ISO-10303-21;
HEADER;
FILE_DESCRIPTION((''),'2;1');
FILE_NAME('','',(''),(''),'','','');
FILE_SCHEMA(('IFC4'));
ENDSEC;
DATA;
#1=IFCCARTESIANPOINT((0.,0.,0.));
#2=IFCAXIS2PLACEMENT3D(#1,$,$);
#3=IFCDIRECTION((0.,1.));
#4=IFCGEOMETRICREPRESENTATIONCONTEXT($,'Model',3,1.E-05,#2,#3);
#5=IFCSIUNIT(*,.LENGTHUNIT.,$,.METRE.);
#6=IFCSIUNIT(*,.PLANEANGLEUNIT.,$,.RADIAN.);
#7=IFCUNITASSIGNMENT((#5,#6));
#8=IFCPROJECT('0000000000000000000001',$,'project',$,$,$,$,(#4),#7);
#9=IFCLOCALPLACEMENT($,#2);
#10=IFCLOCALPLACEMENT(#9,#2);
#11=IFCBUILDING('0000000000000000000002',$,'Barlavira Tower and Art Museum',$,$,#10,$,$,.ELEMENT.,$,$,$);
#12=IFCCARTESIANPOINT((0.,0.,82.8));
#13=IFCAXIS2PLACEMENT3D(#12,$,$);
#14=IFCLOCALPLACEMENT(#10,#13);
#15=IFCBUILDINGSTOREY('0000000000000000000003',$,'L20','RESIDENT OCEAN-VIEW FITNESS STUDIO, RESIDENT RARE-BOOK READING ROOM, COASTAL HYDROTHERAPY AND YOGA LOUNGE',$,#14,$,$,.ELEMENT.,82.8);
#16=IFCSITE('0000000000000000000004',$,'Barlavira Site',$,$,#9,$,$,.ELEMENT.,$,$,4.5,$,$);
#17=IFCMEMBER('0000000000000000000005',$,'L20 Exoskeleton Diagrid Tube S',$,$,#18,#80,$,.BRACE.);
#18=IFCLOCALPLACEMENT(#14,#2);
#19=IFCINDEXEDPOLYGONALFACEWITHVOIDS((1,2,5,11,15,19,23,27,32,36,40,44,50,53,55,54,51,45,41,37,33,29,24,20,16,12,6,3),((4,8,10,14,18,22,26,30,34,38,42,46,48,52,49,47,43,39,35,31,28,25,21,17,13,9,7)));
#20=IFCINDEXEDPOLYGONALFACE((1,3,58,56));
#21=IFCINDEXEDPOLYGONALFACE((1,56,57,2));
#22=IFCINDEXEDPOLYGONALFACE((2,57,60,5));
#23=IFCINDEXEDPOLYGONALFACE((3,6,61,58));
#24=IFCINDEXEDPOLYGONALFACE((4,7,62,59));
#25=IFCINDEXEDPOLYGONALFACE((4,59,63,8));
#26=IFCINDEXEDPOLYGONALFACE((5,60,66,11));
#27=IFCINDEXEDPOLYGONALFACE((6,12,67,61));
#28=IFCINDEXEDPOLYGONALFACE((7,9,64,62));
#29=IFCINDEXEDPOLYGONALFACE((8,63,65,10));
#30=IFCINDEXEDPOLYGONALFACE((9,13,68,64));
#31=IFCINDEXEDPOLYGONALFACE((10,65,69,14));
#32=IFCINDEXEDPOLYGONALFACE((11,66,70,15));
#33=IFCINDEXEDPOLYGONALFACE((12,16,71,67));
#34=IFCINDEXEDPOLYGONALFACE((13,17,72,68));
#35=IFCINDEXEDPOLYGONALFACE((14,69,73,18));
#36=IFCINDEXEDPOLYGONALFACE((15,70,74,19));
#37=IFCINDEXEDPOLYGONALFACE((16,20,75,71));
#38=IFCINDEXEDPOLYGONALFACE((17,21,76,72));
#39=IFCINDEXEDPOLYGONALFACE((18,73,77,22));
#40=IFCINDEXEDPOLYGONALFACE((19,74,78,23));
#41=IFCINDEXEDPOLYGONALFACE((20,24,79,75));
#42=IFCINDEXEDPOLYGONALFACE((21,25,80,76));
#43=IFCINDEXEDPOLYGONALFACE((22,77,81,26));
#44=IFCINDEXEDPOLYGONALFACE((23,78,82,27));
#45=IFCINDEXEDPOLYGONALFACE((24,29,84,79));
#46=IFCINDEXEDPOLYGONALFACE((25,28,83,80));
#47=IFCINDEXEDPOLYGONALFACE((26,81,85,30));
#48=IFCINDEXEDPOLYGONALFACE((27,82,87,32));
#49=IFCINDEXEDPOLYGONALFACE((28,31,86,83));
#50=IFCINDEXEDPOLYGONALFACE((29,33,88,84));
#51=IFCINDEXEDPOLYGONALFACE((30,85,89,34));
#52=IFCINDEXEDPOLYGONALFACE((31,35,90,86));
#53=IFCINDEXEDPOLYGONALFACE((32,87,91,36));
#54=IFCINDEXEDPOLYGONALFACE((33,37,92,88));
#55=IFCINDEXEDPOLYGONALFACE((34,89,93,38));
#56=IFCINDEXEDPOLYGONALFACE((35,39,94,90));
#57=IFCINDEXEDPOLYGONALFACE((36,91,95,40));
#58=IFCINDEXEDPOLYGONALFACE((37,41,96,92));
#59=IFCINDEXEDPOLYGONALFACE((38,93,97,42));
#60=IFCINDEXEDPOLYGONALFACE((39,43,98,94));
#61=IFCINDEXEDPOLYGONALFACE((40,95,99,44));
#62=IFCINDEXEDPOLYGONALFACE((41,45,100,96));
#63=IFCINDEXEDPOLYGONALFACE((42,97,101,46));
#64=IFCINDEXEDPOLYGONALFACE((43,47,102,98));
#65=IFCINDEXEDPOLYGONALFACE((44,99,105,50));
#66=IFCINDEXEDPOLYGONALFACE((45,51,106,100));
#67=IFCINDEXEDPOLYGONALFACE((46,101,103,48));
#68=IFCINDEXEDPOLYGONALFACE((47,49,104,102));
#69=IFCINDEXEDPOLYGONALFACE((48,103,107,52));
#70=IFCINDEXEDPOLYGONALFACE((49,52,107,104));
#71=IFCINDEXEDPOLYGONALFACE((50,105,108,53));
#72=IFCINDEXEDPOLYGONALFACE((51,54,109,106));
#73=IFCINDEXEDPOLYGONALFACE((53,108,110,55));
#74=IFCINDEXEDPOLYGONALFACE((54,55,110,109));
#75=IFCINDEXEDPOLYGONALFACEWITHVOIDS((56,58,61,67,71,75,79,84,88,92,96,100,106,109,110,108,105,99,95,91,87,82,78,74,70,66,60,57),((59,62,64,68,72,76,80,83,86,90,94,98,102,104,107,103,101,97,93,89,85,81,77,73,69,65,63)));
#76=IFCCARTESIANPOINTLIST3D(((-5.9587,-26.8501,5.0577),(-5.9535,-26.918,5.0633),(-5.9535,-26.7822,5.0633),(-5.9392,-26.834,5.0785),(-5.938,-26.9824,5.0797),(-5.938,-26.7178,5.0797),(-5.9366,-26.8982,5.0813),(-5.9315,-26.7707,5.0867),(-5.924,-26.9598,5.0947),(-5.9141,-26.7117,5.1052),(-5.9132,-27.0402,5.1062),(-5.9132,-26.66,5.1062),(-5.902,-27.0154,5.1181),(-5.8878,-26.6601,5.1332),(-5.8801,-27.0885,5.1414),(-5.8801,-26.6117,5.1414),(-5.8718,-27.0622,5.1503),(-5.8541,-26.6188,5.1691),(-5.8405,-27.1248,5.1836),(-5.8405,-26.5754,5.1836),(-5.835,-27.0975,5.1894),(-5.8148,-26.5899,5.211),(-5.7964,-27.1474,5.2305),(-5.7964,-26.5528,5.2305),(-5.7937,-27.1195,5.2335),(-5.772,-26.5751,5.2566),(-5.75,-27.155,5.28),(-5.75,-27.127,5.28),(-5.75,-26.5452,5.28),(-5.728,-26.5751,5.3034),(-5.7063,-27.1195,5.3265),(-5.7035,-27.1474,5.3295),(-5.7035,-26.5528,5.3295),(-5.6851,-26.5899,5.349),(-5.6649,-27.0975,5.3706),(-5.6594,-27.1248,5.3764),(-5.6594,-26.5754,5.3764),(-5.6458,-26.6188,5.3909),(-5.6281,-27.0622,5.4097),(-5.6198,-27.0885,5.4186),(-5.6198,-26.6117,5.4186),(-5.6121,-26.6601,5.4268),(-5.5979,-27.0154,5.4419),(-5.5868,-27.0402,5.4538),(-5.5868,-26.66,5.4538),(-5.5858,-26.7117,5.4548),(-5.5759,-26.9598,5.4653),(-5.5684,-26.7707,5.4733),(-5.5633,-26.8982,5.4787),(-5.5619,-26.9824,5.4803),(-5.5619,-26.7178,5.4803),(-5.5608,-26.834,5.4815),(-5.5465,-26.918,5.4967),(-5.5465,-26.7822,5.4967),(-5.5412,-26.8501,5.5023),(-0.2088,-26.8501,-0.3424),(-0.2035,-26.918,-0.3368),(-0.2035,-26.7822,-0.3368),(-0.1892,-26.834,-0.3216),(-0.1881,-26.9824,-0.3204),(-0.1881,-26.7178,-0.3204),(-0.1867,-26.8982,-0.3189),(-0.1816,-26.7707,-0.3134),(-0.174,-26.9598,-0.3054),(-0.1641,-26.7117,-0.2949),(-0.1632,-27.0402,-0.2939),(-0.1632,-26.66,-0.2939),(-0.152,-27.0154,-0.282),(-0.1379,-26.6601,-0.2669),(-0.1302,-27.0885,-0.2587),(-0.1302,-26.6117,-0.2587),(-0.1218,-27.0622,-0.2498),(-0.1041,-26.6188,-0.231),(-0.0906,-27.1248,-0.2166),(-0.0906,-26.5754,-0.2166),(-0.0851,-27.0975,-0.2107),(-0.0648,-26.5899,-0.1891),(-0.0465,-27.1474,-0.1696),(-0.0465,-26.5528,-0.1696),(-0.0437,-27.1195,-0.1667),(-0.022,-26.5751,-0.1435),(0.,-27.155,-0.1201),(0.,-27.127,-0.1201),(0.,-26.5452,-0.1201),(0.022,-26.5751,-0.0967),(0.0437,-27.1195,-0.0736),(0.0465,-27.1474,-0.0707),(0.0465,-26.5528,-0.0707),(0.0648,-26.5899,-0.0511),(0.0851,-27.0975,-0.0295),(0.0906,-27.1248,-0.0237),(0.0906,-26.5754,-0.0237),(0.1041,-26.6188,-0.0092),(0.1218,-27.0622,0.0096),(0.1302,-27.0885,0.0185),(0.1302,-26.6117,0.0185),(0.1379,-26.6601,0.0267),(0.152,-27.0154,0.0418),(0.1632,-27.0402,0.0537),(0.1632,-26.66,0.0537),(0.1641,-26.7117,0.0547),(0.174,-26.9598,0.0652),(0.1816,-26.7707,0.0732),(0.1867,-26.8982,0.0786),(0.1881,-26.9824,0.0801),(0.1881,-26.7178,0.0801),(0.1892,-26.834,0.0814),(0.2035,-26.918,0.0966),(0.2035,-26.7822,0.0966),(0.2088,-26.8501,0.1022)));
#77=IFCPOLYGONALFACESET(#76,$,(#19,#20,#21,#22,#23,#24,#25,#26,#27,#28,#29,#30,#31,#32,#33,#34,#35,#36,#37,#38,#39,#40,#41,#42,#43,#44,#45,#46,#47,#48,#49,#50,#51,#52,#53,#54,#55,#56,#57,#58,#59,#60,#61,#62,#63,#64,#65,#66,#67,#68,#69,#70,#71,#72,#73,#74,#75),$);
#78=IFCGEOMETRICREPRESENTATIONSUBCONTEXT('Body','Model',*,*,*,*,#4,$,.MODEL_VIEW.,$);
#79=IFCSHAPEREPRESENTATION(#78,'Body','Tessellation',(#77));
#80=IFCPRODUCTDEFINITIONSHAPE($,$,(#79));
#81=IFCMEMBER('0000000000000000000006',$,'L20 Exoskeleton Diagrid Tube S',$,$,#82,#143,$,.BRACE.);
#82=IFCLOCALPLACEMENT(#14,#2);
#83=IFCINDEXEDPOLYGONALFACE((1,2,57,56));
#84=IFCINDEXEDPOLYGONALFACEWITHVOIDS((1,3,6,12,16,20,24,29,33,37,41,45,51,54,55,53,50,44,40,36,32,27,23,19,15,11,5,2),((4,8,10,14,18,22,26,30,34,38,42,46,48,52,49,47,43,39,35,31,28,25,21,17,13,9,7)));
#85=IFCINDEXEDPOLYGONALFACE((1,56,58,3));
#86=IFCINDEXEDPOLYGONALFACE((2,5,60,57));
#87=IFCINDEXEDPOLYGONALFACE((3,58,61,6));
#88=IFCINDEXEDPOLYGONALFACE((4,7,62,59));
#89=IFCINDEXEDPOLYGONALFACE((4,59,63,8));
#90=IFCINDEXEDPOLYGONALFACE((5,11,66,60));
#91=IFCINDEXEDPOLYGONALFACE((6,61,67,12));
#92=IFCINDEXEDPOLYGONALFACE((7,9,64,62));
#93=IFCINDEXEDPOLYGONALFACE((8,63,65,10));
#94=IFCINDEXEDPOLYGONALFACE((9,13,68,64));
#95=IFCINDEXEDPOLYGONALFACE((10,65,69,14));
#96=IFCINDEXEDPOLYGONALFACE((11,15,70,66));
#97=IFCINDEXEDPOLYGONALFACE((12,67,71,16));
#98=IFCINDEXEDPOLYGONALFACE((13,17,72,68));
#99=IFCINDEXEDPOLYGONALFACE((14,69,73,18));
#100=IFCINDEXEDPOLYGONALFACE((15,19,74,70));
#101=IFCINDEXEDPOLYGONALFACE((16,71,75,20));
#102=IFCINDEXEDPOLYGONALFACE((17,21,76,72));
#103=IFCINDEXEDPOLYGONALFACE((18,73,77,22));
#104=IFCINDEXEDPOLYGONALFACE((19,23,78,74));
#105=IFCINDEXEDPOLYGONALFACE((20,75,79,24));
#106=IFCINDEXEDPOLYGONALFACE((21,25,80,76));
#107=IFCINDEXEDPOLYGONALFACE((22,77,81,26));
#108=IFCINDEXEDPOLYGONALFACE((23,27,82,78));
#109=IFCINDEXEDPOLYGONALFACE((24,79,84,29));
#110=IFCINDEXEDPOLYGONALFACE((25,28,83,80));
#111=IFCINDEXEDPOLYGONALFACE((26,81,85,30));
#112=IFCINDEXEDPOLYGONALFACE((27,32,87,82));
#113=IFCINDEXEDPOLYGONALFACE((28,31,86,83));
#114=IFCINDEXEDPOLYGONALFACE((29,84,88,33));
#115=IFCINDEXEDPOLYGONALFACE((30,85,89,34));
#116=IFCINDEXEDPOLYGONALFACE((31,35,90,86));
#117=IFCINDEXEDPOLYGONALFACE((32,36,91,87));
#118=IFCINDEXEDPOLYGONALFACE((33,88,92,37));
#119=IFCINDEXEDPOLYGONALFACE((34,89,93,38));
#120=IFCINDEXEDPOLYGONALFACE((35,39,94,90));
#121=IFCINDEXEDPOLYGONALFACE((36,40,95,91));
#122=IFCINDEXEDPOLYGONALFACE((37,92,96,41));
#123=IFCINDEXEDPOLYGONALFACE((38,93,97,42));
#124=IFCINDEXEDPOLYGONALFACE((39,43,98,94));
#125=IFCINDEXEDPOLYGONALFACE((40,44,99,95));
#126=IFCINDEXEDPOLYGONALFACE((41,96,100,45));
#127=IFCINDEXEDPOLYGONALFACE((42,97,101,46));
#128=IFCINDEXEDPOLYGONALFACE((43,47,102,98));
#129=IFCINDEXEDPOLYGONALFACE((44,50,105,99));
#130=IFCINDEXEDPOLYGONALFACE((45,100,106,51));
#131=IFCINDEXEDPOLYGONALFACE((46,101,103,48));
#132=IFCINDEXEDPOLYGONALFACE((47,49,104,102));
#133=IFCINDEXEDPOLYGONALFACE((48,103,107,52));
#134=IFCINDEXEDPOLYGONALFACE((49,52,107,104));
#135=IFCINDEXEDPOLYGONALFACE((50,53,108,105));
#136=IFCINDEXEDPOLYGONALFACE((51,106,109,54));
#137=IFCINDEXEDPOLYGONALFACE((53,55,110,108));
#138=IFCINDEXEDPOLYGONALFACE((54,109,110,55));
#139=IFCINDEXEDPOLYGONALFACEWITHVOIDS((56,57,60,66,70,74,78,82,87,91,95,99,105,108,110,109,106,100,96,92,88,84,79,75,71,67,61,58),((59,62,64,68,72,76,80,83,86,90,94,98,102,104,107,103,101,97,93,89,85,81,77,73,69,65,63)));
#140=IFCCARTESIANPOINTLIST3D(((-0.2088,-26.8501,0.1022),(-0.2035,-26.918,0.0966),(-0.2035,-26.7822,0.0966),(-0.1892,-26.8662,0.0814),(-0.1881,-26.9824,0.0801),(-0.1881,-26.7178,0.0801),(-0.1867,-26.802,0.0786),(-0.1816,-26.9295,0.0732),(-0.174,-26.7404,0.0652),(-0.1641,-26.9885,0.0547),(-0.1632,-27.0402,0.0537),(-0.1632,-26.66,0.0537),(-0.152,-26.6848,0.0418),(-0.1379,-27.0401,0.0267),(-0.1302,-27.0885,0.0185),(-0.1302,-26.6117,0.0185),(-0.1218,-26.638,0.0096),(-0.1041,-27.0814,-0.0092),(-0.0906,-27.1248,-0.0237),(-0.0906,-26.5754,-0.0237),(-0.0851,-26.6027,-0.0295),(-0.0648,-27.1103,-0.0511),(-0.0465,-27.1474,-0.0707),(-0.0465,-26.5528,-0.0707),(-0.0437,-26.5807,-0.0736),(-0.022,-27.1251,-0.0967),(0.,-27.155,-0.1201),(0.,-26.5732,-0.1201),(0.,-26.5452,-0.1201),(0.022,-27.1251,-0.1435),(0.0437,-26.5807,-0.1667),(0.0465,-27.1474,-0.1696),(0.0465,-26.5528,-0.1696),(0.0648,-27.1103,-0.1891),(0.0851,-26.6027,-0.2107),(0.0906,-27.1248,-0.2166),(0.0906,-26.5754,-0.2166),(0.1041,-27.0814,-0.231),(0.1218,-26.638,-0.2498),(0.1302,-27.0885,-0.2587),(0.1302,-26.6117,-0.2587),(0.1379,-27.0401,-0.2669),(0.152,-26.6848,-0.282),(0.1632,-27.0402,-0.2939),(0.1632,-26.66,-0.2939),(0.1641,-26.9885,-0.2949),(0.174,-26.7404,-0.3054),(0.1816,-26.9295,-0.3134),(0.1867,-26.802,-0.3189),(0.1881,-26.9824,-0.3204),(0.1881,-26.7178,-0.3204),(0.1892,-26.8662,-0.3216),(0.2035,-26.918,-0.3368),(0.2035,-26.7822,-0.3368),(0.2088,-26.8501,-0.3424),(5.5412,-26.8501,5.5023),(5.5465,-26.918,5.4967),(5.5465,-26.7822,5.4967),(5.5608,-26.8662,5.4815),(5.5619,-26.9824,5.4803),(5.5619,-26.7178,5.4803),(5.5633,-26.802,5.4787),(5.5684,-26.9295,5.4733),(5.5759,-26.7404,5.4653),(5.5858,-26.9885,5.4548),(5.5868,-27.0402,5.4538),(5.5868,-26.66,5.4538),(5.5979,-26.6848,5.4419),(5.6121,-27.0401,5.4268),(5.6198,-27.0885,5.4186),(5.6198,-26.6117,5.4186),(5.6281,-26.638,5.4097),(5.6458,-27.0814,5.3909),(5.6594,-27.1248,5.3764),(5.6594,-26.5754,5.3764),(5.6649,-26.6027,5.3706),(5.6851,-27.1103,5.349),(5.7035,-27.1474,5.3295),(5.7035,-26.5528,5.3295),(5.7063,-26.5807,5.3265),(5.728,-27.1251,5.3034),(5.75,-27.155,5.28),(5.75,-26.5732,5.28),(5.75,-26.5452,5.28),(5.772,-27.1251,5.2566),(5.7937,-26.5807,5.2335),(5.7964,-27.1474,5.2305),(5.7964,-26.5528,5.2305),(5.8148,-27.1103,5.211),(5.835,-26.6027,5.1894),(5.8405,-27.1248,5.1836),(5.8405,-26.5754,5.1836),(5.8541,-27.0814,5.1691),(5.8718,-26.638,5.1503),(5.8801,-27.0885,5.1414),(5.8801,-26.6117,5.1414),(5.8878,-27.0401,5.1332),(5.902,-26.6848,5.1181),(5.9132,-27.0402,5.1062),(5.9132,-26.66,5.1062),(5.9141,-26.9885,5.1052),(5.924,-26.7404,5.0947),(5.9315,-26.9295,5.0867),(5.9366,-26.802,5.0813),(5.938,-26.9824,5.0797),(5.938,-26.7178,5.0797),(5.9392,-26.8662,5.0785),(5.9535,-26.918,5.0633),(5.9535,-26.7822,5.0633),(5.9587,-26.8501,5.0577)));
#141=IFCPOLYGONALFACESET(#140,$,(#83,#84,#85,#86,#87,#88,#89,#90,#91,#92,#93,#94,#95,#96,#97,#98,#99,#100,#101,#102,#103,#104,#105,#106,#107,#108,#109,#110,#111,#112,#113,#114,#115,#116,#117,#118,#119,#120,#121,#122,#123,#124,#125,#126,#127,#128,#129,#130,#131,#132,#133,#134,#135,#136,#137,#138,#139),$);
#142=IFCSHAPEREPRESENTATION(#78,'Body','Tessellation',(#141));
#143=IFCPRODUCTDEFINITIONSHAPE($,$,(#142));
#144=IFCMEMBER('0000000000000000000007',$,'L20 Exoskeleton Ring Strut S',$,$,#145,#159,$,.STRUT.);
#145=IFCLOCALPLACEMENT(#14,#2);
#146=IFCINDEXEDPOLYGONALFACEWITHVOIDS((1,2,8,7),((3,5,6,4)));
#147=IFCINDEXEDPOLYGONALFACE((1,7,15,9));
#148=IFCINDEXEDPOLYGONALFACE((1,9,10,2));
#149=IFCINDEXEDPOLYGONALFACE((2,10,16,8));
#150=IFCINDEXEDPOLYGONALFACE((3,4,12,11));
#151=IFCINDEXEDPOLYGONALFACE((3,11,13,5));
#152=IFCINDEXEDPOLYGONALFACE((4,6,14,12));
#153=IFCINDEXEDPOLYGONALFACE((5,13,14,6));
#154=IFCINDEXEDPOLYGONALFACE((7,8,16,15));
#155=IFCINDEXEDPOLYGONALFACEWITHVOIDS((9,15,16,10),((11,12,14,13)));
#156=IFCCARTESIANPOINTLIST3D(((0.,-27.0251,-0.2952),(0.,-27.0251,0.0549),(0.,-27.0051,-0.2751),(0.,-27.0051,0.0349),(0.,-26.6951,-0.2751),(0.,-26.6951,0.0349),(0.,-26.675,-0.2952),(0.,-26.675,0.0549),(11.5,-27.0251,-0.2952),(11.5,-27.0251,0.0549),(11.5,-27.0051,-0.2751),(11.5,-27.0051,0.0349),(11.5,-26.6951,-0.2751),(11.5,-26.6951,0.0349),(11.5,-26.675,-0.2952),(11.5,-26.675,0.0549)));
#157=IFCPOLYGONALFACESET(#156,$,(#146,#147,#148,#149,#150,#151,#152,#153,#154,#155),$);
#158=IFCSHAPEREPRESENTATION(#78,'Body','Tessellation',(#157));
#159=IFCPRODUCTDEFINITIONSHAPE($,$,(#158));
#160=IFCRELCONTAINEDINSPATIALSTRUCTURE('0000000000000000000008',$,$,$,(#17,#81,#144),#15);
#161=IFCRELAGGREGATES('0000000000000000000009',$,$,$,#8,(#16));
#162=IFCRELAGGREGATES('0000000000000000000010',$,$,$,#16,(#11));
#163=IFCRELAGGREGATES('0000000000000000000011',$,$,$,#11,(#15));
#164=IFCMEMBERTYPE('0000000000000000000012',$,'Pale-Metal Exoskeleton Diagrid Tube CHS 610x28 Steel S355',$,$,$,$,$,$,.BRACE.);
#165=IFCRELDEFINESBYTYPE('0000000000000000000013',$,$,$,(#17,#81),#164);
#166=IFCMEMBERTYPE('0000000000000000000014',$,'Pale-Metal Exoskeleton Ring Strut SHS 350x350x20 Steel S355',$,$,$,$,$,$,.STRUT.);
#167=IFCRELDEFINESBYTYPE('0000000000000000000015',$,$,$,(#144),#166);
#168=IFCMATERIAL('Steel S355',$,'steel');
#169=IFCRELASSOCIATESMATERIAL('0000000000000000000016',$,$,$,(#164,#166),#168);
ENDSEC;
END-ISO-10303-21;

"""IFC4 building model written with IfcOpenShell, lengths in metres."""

from ifc_helpers import new_model, si_unit, direction, frame, origin, origin_2d, place, context, subcontext, project, spatial, hollow_rectangle, hollow_circle, extrude, material, material_profile, profile_set, type_object, element, save


model = new_model("IFC4")

# Units and contexts
model_context = context("Model", 3, precision=1e-05, world=origin(), true_north=direction((0.0, 1.0)))
body_context = subcontext(model_context, "Body", "Model", "MODEL_VIEW")
ifc_project = project(units=[si_unit("LENGTHUNIT", "METRE"), si_unit("PLANEANGLEUNIT", "RADIAN")], contexts=[model_context])

# Site, building, storey
site_placement = place(None, origin())
site = spatial("IfcSite", under=ifc_project, at=site_placement, Name="Barlavira Site", CompositionType="ELEMENT", RefElevation=4.5)
building_placement = place(site_placement, origin())
building = spatial("IfcBuilding", under=site, at=building_placement, Name="Barlavira Tower and Art Museum", CompositionType="ELEMENT")
storey_placement = place(building_placement, frame((0.0, 0.0, 82.8)))
storey = spatial("IfcBuildingStorey", under=building, at=storey_placement, Name="L20", Description="RESIDENT OCEAN-VIEW FITNESS STUDIO, RESIDENT RARE-BOOK READING ROOM, COASTAL HYDROTHERAPY AND YOGA LOUNGE", CompositionType="ELEMENT", Elevation=82.8)

# Members
ifc_material_1 = material(Name="Steel S355", Category="steel")
ifc_material_profile_1 = material_profile(ifc_material_1, hollow_circle(Radius=0.3049, WallThickness=0.0281, at=origin_2d()), Name="CHS 610.0x28.0")
ifc_profile_set_1 = profile_set([ifc_material_profile_1], Name="Steel S355")
member_type_1 = type_object("IfcMemberType", Name="Pale-Metal Exoskeleton Diagrid Tube CHS 610x28 Steel S355", PredefinedType="BRACE", material=ifc_profile_set_1)
for number, where, z_axis, x_axis, name in (
    (1, (0.0, -26.8501, -0.1201), (-0.728935, 0.0, 0.684583), (0.0, -1.0, 0.0), "L20 Exoskeleton Diagrid Tube S"),
    (2, (0.0, -26.8501, -0.1201), (0.728935, 0.0, 0.684583), (0.0, 1.0, 0.0), "L20 Exoskeleton Diagrid Tube S"),
):
    element("IfcMember", number, at=place(storey_placement, frame(where, z_axis=z_axis, x_axis=x_axis)), inside=storey, type_object=member_type_1, Name=name, PredefinedType="BRACE", context=body_context, shape_type="SweptSolid", body=[
        extrude(hollow_circle(Radius=0.3049, WallThickness=0.0281, at=origin_2d()), origin(), (0.0, 0.0, 1.0), 7.8882),
    ])
ifc_material_profile_2 = material_profile(ifc_material_1, hollow_rectangle(XDim=0.3501, YDim=0.3501, WallThickness=0.02, at=origin_2d()), Name="SHS 350x350x20.0")
ifc_profile_set_2 = profile_set([ifc_material_profile_2], Name="Steel S355")
member_type_2 = type_object("IfcMemberType", Name="Pale-Metal Exoskeleton Ring Strut SHS 350x350x20 Steel S355", PredefinedType="STRUT", material=ifc_profile_set_2)
member_1_placement = place(storey_placement, frame((0.0, -26.8501, -0.1201), z_axis=(1.0, 0.0, 0.0), x_axis=(0.0, 1.0, 0.0)))
element("IfcMember", 3, at=member_1_placement, inside=storey, type_object=member_type_2, Name="L20 Exoskeleton Ring Strut S", PredefinedType="STRUT", context=body_context, shape_type="SweptSolid", body=[
    extrude(hollow_rectangle(XDim=0.3501, YDim=0.3501, WallThickness=0.02, at=origin_2d()), origin(), (0.0, 0.0, 1.0), 11.5),
])

save(model, "model.ifc")
